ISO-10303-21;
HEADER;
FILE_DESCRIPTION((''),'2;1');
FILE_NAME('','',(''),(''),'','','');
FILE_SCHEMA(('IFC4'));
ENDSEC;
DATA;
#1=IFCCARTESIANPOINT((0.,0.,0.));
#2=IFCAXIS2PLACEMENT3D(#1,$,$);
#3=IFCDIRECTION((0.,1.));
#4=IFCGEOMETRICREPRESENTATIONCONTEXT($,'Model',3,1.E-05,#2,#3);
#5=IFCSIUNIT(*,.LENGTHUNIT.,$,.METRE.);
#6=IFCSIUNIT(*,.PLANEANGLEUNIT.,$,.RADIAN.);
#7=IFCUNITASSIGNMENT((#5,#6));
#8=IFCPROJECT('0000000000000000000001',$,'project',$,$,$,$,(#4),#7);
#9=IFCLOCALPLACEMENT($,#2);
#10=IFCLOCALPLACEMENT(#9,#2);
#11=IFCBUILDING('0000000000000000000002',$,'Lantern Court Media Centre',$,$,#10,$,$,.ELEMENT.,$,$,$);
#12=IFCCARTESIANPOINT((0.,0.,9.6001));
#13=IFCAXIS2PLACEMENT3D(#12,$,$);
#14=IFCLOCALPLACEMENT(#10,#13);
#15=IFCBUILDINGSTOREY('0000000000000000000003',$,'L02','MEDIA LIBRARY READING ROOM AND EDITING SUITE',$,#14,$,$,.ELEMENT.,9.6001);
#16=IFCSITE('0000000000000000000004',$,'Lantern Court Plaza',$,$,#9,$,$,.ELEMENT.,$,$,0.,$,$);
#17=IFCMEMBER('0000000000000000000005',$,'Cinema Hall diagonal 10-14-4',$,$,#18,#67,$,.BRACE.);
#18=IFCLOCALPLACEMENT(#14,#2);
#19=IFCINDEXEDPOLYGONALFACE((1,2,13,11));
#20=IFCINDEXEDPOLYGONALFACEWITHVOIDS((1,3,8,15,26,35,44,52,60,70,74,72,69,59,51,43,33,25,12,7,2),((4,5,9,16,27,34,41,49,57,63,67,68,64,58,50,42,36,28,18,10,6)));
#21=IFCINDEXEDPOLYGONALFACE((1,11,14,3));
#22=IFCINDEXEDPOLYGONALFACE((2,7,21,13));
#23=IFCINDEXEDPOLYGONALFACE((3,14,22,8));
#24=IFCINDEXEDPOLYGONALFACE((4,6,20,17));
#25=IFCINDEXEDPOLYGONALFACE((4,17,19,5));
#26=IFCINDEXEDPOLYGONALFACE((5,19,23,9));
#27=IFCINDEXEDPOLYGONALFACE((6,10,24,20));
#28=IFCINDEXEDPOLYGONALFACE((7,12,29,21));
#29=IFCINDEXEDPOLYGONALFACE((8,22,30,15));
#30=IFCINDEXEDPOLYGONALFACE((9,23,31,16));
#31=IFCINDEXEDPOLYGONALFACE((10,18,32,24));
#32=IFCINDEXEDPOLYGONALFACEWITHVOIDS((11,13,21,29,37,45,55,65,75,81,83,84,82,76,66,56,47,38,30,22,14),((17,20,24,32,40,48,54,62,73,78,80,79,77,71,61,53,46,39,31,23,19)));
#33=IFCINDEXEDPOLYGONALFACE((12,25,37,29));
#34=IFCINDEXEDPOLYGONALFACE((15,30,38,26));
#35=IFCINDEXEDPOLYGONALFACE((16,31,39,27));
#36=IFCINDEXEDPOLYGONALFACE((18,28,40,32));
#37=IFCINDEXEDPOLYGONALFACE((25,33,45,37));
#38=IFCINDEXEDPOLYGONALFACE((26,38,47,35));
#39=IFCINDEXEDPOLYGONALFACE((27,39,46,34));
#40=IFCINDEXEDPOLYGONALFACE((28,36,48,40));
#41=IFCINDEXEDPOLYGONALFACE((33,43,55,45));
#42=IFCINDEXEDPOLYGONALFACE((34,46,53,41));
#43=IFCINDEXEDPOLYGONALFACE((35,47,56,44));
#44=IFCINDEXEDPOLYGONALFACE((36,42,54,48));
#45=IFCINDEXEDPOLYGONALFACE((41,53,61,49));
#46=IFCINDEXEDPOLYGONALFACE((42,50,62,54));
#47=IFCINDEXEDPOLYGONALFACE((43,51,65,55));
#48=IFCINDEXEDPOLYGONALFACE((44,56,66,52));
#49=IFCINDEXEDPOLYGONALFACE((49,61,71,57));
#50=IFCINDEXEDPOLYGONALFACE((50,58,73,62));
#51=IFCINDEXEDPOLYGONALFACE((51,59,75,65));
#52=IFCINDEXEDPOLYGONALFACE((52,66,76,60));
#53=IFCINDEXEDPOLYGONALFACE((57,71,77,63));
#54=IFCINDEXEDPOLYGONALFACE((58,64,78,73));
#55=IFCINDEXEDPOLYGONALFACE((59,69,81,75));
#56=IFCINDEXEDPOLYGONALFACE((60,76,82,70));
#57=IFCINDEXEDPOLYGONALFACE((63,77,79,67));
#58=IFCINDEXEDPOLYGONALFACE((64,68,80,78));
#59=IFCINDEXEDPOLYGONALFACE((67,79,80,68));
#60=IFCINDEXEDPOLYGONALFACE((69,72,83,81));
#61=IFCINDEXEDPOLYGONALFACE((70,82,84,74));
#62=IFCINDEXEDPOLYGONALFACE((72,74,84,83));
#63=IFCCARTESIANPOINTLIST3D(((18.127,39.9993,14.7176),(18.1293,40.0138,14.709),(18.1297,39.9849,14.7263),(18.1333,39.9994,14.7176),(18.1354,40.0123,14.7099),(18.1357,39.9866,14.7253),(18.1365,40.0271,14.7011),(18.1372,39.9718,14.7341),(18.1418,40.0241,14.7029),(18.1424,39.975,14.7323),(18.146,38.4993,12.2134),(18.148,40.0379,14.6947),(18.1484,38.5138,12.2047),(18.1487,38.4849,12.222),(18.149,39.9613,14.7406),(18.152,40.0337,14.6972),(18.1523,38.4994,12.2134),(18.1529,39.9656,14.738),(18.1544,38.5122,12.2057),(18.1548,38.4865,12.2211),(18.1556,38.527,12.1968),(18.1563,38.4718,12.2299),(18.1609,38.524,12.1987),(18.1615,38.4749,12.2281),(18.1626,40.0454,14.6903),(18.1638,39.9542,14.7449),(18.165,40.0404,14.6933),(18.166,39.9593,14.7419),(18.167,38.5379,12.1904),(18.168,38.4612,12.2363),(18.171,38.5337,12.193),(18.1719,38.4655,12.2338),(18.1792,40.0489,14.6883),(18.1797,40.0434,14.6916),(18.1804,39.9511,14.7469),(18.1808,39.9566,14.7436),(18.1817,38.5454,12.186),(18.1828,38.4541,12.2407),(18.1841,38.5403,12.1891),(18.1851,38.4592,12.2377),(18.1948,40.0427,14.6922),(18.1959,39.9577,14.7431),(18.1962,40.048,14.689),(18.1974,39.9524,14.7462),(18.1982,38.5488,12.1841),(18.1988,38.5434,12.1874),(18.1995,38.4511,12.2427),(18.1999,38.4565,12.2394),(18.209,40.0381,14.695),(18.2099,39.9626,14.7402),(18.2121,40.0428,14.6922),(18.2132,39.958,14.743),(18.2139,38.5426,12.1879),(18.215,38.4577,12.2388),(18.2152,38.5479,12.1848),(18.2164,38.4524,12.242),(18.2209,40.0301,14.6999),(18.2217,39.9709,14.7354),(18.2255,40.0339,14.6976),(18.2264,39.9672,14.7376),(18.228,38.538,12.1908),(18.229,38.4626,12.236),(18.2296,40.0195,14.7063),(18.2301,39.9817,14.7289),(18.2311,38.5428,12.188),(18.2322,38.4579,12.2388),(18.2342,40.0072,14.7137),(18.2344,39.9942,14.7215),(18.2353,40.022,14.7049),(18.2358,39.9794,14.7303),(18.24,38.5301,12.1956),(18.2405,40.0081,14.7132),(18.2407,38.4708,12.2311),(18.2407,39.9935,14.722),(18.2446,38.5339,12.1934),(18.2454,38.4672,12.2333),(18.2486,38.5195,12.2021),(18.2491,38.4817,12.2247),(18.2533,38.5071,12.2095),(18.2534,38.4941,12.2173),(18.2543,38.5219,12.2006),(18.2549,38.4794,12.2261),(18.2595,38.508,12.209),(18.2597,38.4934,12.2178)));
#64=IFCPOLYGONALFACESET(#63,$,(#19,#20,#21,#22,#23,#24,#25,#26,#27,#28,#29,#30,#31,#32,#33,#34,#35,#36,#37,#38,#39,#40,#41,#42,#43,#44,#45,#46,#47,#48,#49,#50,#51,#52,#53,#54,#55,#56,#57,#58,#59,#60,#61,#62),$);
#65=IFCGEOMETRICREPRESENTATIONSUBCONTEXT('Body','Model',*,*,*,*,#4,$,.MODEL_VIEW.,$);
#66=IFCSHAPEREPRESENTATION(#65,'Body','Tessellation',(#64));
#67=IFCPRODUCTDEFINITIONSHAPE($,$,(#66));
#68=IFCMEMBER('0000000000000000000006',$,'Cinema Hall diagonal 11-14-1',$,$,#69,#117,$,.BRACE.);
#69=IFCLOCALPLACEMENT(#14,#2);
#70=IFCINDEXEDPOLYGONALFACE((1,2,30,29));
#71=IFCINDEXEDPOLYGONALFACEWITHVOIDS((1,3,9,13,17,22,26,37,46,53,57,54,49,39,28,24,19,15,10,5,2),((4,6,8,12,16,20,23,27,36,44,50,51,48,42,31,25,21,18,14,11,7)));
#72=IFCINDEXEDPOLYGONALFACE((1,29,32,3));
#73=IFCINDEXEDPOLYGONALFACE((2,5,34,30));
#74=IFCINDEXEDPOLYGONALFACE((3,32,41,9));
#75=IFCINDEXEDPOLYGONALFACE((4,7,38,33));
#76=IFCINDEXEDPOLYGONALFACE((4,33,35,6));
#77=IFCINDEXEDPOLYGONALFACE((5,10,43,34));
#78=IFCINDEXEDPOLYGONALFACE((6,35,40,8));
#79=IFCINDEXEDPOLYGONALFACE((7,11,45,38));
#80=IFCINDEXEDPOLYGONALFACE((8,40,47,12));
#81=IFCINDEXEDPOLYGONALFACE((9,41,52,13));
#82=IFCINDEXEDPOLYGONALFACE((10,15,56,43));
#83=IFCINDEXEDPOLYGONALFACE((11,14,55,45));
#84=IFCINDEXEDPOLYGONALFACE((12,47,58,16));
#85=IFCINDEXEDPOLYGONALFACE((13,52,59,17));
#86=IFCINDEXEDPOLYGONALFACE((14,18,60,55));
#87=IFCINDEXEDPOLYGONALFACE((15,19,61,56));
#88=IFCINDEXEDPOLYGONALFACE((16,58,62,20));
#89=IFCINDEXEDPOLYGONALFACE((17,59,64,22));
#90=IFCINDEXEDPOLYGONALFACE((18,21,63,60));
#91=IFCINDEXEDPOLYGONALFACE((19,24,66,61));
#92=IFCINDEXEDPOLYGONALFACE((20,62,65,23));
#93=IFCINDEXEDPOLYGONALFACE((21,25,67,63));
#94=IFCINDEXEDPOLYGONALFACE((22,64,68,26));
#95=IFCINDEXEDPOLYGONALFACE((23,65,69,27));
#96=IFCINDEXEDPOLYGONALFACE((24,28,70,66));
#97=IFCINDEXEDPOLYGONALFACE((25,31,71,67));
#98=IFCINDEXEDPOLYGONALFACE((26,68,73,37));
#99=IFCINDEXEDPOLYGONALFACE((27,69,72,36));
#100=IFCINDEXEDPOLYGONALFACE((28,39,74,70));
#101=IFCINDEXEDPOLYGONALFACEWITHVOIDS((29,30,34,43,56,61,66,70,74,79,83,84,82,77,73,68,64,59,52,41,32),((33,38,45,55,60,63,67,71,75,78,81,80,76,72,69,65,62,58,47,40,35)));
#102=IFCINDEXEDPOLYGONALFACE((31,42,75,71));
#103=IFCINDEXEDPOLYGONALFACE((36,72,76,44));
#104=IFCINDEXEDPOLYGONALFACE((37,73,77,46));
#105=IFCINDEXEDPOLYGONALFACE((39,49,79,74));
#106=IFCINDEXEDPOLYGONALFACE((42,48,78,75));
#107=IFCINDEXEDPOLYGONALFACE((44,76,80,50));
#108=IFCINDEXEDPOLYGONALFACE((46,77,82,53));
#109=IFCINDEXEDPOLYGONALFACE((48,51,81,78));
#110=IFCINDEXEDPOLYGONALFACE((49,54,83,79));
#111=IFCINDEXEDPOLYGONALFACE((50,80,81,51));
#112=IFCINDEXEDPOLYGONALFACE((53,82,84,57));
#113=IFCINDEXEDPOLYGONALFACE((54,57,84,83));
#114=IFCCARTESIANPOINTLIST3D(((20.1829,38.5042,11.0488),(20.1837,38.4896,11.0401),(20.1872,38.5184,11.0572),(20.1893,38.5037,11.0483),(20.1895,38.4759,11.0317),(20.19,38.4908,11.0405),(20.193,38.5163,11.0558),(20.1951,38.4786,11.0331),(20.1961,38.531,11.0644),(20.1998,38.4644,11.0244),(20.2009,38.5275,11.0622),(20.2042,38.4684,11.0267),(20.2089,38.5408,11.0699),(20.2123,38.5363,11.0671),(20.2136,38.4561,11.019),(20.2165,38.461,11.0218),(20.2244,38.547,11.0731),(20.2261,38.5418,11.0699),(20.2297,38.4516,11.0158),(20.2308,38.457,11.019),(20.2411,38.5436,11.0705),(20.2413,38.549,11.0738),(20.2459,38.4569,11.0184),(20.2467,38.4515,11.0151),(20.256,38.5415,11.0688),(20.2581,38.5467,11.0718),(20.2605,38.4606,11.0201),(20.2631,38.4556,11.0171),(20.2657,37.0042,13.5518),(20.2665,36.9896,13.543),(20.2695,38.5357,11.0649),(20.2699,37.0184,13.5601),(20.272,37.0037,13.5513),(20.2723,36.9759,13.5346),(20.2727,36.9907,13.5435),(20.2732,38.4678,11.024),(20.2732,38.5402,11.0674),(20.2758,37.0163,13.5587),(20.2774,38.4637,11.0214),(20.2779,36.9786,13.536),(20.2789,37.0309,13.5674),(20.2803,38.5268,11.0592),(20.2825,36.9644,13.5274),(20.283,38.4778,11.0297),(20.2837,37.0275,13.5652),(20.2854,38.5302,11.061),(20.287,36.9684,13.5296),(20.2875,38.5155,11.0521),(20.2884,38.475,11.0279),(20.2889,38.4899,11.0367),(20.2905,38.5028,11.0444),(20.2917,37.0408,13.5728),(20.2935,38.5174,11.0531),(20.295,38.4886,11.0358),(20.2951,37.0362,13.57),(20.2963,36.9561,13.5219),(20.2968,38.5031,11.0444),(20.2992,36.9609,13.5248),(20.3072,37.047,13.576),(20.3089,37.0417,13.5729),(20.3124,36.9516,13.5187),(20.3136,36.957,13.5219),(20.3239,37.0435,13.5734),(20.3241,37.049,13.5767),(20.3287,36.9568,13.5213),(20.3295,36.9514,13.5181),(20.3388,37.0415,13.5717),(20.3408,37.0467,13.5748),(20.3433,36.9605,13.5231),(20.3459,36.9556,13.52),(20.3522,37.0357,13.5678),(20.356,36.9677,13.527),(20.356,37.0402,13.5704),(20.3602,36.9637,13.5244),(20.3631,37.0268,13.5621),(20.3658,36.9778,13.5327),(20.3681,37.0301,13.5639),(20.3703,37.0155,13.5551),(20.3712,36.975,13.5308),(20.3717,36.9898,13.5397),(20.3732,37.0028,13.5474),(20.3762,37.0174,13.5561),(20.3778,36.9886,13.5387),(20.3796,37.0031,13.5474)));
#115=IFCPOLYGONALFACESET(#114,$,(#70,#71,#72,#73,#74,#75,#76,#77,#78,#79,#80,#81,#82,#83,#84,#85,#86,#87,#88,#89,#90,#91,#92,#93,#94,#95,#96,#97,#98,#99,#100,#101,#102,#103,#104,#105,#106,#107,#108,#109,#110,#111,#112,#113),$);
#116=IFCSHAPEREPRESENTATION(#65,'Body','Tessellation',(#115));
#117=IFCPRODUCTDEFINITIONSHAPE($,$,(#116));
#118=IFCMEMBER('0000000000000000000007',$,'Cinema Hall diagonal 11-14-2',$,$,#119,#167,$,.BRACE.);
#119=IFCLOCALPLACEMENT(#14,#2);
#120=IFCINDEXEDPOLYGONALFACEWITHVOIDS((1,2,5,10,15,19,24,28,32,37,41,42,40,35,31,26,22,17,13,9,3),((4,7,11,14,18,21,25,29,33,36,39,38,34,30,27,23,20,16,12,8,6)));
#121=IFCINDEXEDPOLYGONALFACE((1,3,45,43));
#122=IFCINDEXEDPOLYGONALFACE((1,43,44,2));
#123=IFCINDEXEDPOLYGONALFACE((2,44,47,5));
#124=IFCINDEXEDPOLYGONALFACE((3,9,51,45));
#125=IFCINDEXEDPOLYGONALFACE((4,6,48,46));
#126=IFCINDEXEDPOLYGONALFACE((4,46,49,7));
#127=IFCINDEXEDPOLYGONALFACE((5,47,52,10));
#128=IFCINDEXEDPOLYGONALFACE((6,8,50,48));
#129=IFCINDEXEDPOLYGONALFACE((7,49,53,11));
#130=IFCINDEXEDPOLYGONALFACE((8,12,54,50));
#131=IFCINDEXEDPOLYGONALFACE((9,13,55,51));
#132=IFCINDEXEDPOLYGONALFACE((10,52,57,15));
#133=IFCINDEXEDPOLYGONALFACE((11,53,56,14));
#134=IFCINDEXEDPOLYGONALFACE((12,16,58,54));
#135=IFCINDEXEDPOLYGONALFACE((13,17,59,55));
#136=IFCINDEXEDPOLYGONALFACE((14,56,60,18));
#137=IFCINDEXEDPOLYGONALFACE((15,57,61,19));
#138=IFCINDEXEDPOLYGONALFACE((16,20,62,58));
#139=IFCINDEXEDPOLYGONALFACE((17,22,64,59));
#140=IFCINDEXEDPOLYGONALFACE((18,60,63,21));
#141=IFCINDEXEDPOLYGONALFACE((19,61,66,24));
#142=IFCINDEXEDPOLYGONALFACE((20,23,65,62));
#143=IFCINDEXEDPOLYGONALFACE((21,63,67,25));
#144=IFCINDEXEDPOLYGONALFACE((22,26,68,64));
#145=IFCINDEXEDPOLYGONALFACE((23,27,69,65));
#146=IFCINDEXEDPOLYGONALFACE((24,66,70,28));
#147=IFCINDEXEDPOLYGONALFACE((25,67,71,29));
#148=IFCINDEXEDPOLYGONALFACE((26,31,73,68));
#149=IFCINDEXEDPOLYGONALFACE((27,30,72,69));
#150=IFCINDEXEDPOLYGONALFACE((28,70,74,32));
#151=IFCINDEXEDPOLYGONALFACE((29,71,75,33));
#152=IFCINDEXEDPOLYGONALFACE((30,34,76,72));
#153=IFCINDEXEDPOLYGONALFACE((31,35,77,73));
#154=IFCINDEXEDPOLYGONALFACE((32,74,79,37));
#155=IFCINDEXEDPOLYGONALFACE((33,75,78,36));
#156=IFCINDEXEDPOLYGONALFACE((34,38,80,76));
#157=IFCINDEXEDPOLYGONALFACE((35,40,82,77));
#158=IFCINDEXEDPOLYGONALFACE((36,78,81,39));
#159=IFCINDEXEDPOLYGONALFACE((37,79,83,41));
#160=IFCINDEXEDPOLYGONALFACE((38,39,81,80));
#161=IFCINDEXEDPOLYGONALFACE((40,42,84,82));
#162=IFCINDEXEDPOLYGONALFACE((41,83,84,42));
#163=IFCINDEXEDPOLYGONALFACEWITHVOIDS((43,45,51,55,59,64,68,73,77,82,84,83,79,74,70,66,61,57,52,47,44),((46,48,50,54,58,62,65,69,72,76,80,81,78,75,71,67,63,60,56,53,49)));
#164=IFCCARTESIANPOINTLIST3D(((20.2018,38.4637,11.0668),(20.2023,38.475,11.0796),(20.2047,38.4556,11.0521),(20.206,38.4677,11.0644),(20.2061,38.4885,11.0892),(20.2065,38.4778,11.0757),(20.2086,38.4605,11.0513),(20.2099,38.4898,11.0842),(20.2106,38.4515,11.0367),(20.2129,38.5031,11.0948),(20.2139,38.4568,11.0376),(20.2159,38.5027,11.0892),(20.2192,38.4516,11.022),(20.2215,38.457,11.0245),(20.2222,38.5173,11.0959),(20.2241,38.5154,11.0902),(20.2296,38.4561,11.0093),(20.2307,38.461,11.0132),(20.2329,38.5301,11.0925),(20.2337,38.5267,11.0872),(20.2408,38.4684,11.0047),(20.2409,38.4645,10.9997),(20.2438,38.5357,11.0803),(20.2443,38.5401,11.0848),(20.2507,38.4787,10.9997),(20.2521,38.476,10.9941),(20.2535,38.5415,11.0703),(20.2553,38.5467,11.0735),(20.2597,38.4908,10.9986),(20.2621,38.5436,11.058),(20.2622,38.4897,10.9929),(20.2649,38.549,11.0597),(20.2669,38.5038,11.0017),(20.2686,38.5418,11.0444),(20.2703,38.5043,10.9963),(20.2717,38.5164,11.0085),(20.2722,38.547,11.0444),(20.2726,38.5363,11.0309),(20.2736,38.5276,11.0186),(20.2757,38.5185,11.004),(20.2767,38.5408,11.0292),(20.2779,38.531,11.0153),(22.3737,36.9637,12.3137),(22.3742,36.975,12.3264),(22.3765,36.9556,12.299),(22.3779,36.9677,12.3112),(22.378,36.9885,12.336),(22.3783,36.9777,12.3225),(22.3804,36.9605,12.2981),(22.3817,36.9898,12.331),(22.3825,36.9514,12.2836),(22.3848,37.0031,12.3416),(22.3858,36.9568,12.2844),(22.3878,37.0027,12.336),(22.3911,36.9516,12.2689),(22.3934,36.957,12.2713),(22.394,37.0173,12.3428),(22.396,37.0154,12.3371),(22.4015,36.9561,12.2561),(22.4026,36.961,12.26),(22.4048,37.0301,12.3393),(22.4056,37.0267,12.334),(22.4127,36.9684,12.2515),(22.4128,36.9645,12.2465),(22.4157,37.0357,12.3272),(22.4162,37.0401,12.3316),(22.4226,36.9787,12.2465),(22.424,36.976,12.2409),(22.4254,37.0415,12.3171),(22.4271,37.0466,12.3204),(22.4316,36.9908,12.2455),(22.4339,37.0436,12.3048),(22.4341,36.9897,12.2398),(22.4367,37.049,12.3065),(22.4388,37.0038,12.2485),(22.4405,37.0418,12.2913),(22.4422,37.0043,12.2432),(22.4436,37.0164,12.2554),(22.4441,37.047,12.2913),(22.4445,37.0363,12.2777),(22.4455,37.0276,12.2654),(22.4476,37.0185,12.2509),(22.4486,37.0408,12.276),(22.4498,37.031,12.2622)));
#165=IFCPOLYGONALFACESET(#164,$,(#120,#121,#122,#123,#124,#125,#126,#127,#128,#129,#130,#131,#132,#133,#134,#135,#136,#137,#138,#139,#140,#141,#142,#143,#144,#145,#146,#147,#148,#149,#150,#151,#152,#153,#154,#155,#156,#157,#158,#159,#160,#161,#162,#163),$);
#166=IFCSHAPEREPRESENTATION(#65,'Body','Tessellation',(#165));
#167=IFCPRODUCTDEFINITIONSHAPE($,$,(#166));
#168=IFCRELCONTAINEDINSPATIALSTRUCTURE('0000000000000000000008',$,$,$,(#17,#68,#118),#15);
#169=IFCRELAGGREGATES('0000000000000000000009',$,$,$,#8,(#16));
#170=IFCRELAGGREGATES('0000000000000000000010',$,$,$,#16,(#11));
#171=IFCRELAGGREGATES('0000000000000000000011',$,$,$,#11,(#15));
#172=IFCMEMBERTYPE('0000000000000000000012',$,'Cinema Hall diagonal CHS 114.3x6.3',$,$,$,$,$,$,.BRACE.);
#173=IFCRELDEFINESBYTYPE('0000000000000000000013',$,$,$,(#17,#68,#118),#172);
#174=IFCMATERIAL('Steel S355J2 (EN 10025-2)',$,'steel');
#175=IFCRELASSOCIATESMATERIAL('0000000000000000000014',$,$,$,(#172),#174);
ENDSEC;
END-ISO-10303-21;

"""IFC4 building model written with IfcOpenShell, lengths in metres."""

from ifc_helpers import new_model, si_unit, direction, frame, origin, origin_2d, place, context, subcontext, project, spatial, hollow_circle, extrude, material, material_profile, profile_set, type_object, element, save


model = new_model("IFC4")

# Units and contexts
model_context = context("Model", 3, precision=1e-05, world=origin(), true_north=direction((0.0, 1.0)))
body_context = subcontext(model_context, "Body", "Model", "MODEL_VIEW")
ifc_project = project(units=[si_unit("LENGTHUNIT", "METRE"), si_unit("PLANEANGLEUNIT", "RADIAN")], contexts=[model_context])

# Site, building, storey
site_placement = place(None, origin())
site = spatial("IfcSite", under=ifc_project, at=site_placement, Name="Lantern Court Plaza", CompositionType="ELEMENT", RefElevation=0.0)
building_placement = place(site_placement, origin())
building = spatial("IfcBuilding", under=site, at=building_placement, Name="Lantern Court Media Centre", CompositionType="ELEMENT")
storey_placement = place(building_placement, frame((0.0, 0.0, 9.6001)))
storey = spatial("IfcBuildingStorey", under=building, at=storey_placement, Name="L02", Description="MEDIA LIBRARY READING ROOM AND EDITING SUITE", CompositionType="ELEMENT", Elevation=9.6001)

# Members
ifc_material = material(Name="Steel S355J2 (EN 10025-2)", Category="steel")
ifc_material_profile_1 = material_profile(ifc_material, hollow_circle(Radius=0.0571, WallThickness=0.0063, at=origin_2d()), Name="Cinema Hall diagonal CHS 114.3x6.3")
ifc_profile_set_1 = profile_set([ifc_material_profile_1], Name="Steel S355J2 (EN 10025-2)")
member_type_1 = type_object("IfcMemberType", Name="Cinema Hall diagonal CHS 114.3x6.3", PredefinedType="BRACE", material=ifc_profile_set_1)
for number, where, z_axis, x_axis, name in (
    (1, (18.2031, 38.5, 12.2134), (-0.006524, 0.513857, 0.857851), (-0.999919, -0.012694, 0.0), "Cinema Hall diagonal 10-14-4"),
    (2, (20.2397, 38.5, 11.0444), (0.028352, -0.513846, 0.857414), (0.998481, 0.055092, 0.0), "Cinema Hall diagonal 11-14-1"),
    (3, (20.2397, 38.5, 11.0444), (0.744002, -0.513843, 0.427115), (0.568286, 0.822831, 0.0), "Cinema Hall diagonal 11-14-2"),
):
    element("IfcMember", number, at=place(storey_placement, frame(where, z_axis=z_axis, x_axis=x_axis)), inside=storey, type_object=member_type_1, Name=name, PredefinedType="BRACE", context=body_context, shape_type="SweptSolid", body=[
        extrude(hollow_circle(Radius=0.0571, WallThickness=0.0063, at=origin_2d()), origin(), (0.0, 0.0, 1.0), 2.9192),
    ])

save(model, "model.ifc")
